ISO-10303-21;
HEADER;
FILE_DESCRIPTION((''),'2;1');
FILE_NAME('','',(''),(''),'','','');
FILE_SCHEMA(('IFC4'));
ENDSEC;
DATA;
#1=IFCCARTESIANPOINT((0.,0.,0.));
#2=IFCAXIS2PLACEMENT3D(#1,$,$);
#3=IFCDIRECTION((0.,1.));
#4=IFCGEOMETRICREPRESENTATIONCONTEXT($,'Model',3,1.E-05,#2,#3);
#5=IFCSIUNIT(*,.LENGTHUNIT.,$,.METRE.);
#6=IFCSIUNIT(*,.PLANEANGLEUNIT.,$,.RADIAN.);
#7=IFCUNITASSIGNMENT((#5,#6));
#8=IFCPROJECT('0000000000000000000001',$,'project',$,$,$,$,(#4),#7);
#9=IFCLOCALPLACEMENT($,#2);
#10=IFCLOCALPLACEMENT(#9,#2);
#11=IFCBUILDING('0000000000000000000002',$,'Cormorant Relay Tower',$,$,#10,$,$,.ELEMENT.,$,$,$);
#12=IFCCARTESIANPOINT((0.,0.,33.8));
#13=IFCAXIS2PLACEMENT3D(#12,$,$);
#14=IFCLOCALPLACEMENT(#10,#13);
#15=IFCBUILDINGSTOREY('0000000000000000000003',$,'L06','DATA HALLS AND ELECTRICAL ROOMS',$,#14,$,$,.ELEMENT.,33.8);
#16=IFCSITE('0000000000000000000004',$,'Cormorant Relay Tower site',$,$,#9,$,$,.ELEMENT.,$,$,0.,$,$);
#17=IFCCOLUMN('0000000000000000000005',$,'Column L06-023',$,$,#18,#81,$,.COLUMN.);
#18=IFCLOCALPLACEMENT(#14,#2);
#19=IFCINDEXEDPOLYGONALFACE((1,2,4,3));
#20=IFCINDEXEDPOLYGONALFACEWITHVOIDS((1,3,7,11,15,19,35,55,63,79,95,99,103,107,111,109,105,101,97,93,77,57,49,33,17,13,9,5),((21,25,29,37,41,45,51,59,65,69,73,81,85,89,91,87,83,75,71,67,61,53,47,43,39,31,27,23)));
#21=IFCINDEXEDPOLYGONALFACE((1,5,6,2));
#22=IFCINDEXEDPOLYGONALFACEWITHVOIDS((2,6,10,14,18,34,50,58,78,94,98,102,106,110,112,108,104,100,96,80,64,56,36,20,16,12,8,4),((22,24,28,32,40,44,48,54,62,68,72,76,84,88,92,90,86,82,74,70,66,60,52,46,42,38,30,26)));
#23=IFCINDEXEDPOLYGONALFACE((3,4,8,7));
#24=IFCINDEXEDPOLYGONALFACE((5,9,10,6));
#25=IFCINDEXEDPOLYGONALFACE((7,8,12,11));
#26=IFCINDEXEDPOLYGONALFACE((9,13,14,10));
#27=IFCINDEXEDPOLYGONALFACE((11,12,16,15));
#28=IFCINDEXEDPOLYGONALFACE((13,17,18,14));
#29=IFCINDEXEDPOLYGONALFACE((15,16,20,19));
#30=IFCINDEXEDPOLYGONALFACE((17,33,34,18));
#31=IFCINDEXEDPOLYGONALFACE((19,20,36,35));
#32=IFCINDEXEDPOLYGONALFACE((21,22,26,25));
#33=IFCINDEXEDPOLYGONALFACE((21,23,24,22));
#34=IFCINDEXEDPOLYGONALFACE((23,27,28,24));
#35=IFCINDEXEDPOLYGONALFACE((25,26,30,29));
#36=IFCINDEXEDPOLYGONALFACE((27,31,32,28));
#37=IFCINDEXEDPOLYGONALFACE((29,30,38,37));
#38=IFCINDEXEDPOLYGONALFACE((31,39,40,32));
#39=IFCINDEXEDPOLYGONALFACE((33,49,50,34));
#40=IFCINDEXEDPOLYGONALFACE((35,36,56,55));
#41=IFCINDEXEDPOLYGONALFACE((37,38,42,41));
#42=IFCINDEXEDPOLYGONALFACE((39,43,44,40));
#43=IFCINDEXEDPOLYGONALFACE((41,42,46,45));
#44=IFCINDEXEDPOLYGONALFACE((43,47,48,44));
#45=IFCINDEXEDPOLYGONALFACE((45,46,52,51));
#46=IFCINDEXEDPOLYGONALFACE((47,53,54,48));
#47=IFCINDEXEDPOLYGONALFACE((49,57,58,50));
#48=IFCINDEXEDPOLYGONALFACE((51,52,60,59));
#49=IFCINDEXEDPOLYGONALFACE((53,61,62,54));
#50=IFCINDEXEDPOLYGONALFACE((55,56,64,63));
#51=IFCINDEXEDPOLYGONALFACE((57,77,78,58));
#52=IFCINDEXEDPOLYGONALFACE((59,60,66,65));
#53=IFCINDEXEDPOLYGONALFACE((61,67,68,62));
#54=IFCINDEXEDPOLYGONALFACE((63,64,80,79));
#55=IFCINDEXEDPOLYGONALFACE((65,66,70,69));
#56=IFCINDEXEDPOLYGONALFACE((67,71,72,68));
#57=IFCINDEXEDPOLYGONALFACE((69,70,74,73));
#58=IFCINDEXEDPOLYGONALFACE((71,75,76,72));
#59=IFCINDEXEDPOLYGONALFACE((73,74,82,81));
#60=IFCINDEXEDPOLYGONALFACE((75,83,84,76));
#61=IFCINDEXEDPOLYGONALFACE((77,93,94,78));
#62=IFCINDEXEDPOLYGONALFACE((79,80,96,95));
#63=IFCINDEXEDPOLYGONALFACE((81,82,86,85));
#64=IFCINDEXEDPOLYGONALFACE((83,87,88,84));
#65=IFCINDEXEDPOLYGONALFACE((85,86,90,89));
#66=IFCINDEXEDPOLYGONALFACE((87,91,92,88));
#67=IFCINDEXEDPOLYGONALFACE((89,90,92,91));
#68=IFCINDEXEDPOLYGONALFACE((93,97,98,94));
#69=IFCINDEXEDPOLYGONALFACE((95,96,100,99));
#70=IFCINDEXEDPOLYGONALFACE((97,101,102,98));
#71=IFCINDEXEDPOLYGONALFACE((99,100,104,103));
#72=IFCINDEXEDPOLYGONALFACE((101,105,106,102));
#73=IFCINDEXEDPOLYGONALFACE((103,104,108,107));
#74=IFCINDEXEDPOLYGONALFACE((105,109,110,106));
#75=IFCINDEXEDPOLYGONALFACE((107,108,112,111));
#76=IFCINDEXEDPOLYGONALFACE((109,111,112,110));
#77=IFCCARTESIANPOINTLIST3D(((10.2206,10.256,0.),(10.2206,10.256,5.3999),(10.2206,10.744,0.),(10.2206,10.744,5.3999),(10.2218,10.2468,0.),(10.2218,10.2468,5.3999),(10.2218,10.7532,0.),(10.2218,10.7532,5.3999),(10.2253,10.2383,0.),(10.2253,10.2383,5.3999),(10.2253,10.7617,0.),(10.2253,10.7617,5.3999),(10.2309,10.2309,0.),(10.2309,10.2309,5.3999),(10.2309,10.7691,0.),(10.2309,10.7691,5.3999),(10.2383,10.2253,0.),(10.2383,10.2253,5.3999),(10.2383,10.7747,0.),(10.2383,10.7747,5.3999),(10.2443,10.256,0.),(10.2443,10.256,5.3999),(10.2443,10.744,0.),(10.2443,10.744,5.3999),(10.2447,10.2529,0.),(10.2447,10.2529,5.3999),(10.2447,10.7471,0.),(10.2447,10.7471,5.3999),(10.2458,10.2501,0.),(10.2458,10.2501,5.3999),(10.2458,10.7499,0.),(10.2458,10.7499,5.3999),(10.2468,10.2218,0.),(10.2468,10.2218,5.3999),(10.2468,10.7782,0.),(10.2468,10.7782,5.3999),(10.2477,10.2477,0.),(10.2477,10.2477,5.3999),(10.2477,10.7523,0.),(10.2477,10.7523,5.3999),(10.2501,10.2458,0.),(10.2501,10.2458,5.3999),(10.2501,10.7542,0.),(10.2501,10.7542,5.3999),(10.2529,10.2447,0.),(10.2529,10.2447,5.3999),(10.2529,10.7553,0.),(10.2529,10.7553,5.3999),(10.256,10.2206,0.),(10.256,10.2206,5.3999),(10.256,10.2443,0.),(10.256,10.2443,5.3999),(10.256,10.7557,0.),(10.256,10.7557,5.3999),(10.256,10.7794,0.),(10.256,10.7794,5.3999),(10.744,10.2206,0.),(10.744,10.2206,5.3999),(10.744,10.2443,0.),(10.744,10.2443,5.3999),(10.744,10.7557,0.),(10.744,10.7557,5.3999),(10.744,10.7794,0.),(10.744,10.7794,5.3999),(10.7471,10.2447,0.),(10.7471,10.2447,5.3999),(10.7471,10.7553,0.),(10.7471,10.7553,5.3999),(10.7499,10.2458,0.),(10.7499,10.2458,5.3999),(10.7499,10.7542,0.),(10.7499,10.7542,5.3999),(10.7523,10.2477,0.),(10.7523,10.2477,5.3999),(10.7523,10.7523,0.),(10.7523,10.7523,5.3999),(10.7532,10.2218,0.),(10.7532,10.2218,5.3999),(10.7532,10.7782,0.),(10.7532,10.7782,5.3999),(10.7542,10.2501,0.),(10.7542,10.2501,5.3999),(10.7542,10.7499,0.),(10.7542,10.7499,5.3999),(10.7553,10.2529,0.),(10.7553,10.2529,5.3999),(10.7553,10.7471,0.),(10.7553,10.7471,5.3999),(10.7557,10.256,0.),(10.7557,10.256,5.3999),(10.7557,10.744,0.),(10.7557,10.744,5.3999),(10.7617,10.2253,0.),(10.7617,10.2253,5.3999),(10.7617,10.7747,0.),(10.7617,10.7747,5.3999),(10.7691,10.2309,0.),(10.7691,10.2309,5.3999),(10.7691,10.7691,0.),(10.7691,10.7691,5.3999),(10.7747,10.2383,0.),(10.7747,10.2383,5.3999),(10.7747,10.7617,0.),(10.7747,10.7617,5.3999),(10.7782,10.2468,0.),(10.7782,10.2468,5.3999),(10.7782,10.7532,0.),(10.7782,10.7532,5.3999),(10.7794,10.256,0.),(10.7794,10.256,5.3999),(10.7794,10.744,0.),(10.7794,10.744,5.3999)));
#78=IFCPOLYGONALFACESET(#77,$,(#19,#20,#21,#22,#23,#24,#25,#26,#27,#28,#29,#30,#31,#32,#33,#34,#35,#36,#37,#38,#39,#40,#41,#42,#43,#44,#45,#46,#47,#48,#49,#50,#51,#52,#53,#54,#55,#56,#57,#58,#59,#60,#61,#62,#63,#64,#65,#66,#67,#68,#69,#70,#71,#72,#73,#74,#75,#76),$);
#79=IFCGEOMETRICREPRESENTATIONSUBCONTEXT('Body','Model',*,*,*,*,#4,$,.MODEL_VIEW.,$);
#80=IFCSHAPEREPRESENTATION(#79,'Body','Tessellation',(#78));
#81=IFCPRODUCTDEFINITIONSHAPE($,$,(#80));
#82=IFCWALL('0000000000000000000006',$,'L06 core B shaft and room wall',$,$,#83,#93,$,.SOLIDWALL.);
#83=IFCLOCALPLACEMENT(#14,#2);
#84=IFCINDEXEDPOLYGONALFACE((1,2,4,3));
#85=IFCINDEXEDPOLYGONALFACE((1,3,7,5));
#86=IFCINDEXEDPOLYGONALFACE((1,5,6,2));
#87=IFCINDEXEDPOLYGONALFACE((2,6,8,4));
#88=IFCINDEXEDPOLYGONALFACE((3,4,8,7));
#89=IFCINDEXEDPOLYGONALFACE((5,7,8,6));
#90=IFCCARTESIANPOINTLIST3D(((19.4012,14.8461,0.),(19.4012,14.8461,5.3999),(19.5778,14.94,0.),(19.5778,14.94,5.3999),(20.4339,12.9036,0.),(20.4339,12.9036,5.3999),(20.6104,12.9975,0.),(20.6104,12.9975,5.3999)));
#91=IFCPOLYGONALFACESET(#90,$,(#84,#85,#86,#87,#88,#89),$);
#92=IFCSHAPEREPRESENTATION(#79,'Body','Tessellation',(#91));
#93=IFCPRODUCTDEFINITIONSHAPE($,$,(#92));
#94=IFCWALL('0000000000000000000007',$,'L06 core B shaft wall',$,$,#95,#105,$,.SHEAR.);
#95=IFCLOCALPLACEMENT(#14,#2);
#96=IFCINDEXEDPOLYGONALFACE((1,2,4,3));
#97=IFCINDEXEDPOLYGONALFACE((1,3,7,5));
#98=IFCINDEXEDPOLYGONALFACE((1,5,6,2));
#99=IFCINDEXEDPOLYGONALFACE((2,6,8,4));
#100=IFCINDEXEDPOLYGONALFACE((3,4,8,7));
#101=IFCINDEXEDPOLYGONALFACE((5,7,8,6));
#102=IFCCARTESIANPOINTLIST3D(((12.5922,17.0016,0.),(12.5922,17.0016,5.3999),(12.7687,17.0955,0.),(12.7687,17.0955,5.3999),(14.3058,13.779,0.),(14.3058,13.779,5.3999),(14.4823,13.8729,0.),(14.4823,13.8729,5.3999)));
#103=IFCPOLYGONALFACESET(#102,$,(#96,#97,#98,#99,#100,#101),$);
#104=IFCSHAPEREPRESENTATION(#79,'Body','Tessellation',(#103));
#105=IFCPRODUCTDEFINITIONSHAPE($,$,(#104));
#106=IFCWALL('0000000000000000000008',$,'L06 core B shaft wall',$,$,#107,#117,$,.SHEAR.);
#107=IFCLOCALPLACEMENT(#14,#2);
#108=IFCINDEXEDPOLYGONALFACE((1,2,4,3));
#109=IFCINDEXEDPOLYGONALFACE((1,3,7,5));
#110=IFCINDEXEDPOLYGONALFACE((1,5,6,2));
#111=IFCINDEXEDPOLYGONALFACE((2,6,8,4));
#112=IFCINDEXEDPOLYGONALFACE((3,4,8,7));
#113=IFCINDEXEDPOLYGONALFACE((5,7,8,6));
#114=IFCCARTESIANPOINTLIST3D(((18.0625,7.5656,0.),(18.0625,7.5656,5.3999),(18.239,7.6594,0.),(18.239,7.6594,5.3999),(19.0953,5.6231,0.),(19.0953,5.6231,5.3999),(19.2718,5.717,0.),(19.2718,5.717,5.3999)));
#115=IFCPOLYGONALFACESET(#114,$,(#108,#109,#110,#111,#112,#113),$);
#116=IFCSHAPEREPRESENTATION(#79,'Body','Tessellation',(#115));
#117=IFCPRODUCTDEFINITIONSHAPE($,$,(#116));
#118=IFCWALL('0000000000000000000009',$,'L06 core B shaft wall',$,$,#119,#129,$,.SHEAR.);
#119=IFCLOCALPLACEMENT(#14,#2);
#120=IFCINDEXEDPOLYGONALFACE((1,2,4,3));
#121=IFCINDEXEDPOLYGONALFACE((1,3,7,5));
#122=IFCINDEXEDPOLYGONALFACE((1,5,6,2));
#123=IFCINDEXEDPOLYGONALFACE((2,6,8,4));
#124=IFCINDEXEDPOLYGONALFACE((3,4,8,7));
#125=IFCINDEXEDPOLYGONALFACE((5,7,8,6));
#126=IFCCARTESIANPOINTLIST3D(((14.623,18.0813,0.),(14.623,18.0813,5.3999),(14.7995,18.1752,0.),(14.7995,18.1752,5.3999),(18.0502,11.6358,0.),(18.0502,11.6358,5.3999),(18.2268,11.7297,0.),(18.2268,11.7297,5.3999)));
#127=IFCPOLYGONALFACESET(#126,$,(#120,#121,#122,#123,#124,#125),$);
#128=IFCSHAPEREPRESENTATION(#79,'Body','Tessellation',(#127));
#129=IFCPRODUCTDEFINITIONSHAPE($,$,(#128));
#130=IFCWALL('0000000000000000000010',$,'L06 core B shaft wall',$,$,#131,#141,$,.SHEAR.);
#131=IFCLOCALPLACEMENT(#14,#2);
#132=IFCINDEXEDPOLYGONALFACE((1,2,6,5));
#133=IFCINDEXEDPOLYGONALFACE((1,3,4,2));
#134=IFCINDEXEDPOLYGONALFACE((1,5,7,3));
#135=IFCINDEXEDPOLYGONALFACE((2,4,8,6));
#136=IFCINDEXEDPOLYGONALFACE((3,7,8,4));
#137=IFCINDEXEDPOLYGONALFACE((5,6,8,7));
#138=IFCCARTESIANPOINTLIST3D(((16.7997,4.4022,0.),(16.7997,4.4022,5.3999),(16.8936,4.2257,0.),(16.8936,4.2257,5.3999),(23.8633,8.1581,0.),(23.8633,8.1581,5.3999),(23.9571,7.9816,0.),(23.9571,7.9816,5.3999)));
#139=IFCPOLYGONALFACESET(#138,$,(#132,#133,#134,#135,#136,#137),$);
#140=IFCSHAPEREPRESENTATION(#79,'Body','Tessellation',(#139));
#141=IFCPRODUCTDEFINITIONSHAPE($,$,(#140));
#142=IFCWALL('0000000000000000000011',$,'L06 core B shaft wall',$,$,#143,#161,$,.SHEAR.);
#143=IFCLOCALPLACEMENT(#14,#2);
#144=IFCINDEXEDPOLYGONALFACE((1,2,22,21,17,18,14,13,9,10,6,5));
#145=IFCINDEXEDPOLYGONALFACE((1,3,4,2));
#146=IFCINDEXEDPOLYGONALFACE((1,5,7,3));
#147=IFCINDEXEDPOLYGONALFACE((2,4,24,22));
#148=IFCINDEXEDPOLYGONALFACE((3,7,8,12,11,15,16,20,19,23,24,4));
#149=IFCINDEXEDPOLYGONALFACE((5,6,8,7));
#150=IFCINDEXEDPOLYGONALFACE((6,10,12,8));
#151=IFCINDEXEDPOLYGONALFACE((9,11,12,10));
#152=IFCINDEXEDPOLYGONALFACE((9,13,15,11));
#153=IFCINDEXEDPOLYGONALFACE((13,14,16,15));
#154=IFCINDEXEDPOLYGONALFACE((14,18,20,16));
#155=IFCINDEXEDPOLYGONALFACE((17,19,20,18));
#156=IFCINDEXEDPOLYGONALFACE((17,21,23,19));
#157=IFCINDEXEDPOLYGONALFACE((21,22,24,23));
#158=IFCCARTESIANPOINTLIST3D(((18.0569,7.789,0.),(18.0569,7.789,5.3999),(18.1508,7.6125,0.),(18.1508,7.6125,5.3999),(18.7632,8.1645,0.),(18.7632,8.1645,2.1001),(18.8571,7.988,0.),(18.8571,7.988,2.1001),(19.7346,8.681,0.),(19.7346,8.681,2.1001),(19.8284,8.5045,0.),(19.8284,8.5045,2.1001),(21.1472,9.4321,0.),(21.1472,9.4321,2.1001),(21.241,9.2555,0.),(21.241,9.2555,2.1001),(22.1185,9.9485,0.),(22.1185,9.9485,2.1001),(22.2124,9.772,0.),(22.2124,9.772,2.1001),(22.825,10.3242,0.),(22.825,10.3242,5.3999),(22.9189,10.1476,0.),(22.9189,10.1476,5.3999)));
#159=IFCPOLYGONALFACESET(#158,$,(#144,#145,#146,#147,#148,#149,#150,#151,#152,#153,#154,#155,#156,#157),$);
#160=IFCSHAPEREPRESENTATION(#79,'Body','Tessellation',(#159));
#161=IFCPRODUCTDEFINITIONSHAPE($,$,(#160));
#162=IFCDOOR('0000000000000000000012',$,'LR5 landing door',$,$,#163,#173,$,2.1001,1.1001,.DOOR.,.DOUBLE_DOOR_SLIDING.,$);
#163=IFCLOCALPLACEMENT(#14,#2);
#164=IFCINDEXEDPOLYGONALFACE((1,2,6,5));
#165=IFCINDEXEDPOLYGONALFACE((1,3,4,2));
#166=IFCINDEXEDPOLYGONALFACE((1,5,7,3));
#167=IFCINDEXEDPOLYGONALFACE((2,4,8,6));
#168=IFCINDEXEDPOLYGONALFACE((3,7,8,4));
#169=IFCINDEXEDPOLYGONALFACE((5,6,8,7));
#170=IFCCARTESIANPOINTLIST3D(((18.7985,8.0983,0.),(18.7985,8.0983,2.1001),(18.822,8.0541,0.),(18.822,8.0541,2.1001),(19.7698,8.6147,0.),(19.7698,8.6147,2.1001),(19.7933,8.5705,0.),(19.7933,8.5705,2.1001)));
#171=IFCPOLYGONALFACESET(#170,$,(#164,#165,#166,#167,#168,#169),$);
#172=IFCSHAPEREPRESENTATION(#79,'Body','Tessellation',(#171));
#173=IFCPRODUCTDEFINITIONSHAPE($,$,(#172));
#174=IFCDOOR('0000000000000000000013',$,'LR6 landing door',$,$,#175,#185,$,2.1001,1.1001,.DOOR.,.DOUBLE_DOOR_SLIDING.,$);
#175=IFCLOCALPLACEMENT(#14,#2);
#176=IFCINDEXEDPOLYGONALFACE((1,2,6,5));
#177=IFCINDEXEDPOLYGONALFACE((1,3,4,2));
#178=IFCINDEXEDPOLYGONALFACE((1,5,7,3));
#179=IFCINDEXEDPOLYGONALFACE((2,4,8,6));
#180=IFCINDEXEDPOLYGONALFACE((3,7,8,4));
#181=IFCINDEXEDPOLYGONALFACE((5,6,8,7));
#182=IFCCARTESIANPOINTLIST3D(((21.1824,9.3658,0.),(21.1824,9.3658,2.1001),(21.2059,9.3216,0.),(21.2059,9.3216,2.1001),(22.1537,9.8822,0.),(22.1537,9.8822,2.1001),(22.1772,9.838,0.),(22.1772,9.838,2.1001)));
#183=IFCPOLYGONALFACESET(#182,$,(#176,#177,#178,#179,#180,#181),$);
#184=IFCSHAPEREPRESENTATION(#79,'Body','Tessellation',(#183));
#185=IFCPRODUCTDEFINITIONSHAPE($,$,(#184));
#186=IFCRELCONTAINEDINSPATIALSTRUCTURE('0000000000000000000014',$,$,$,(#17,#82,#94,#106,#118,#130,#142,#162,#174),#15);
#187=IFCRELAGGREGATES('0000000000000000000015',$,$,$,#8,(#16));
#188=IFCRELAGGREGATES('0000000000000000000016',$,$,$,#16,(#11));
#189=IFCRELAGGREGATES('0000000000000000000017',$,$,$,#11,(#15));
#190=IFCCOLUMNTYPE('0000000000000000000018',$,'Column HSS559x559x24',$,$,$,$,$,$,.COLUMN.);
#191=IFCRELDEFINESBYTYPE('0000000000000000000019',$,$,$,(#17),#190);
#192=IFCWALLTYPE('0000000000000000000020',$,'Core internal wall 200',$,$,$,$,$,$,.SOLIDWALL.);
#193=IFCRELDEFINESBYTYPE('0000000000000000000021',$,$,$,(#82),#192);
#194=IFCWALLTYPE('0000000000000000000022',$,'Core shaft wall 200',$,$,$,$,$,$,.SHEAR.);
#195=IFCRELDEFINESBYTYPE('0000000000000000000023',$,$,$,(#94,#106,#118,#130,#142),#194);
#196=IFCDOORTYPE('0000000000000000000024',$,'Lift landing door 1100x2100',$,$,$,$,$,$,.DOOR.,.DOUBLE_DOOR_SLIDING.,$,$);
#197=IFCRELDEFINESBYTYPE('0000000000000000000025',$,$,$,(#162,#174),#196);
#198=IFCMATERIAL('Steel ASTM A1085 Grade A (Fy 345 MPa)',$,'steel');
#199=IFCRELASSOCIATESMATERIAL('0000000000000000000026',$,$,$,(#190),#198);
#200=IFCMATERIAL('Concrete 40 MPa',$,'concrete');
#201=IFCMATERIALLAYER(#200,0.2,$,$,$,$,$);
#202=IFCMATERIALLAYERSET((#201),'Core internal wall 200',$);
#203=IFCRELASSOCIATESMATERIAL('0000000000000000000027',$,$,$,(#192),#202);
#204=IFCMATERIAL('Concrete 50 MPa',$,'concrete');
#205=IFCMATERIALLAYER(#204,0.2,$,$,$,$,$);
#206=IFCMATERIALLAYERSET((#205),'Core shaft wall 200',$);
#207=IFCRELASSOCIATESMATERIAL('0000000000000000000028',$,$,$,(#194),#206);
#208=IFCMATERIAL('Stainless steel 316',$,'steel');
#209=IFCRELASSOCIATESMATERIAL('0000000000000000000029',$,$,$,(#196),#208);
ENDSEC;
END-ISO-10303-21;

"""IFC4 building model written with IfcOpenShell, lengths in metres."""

from ifc_helpers import new_model, si_unit, direction, frame, frame_2d, origin, origin_2d, place, context, subcontext, project, spatial, rectangle, hollow_rectangle, extrude, material, layer, layer_set, material_profile, profile_set, type_object, element, fill, save


model = new_model("IFC4")

# Units and contexts
model_context = context("Model", 3, precision=1e-05, world=origin(), true_north=direction((0.0, 1.0)))
body_context = subcontext(model_context, "Body", "Model", "MODEL_VIEW")
ifc_project = project(units=[si_unit("LENGTHUNIT", "METRE"), si_unit("PLANEANGLEUNIT", "RADIAN")], contexts=[model_context])

# Site, building, storey
site_placement = place(None, origin())
site = spatial("IfcSite", under=ifc_project, at=site_placement, Name="Cormorant Relay Tower site", CompositionType="ELEMENT", RefElevation=0.0)
building_placement = place(site_placement, origin())
building = spatial("IfcBuilding", under=site, at=building_placement, Name="Cormorant Relay Tower", CompositionType="ELEMENT")
storey_placement = place(building_placement, frame((0.0, 0.0, 33.8)))
storey = spatial("IfcBuildingStorey", under=building, at=storey_placement, Name="L06", Description="DATA HALLS AND ELECTRICAL ROOMS", CompositionType="ELEMENT", Elevation=33.8)

# Column
ifc_material_1 = material(Name="Steel ASTM A1085 Grade A (Fy 345 MPa)", Category="steel")
ifc_material_profile = material_profile(ifc_material_1, hollow_rectangle(XDim=0.5588, YDim=0.5588, WallThickness=0.0237, InnerFilletRadius=0.0117, OuterFilletRadius=0.0354, at=origin_2d()), Name="HSS559x559x24")
ifc_profile_set = profile_set([ifc_material_profile], Name="Steel ASTM A1085 Grade A (Fy 345 MPa)")
column_type = type_object("IfcColumnType", Name="Column HSS559x559x24", PredefinedType="COLUMN", material=ifc_profile_set)
column_placement = place(storey_placement, frame((10.5, 10.5, 0.0), z_axis=(0.0, 0.0, 1.0), x_axis=(1.0, 0.0, 0.0)))
element("IfcColumn", 1, at=column_placement, inside=storey, type_object=column_type, Name="Column L06-023", PredefinedType="COLUMN", context=body_context, shape_type="SweptSolid", body=[
    extrude(hollow_rectangle(XDim=0.5588, YDim=0.5588, WallThickness=0.0237, InnerFilletRadius=0.0117, OuterFilletRadius=0.0354, at=origin_2d()), origin(), (0.0, 0.0, 1.0), 5.3999),
])

# Walls
ifc_material_2 = material(Name="Concrete 40 MPa", Category="concrete")
ifc_layer_1 = layer(ifc_material_2, 0.2)
ifc_layer_set_1 = layer_set([ifc_layer_1], Name="Core internal wall 200")
wall_type_1 = type_object("IfcWallType", Name="Core internal wall 200", PredefinedType="SOLIDWALL", material=ifc_layer_set_1)
wall_1_placement = place(storey_placement, frame((20.5222, 12.9504, 0.0), z_axis=(0.0, 0.0, 1.0), x_axis=(-0.469401, 0.882985, 0.0)))
element("IfcWall", 2, at=wall_1_placement, inside=storey, type_object=wall_type_1, Name="L06 core B shaft and room wall", PredefinedType="SOLIDWALL", context=body_context, shape_type="SweptSolid", body=[
    extrude(rectangle(XDim=2.2, YDim=0.2, at=frame_2d((1.1001, 0.0))), origin(), (0.0, 0.0, 1.0), 5.3999),
])
ifc_material_3 = material(Name="Concrete 50 MPa", Category="concrete")
ifc_layer_2 = layer(ifc_material_3, 0.2)
ifc_layer_set_2 = layer_set([ifc_layer_2], Name="Core shaft wall 200")
wall_type_2 = type_object("IfcWallType", Name="Core shaft wall 200", PredefinedType="SHEAR", material=ifc_layer_set_2)
wall_2_placement = place(storey_placement, frame((14.394, 13.8259, 0.0), z_axis=(0.0, 0.0, 1.0), x_axis=(-0.469494, 0.882936, 0.0)))
element("IfcWall", 3, at=wall_2_placement, inside=storey, type_object=wall_type_2, Name="L06 core B shaft wall", PredefinedType="SHEAR", context=body_context, shape_type="SweptSolid", body=[
    extrude(rectangle(XDim=3.6499, YDim=0.2, at=frame_2d((1.825, 0.0))), origin(), (0.0, 0.0, 1.0), 5.3999),
])
wall_3_placement = place(storey_placement, frame((19.1836, 5.6699, 0.0), z_axis=(0.0, 0.0, 1.0), x_axis=(-0.469447, 0.88296, 0.0)))
element("IfcWall", 4, at=wall_3_placement, inside=storey, type_object=wall_type_2, Name="L06 core B shaft wall", PredefinedType="SHEAR", context=body_context, shape_type="SweptSolid", body=[
    extrude(rectangle(XDim=2.2, YDim=0.2, at=frame_2d((1.1001, 0.0))), origin(), (0.0, 0.0, 1.0), 5.3999),
])
wall_4_placement = place(storey_placement, frame((18.1384, 11.6829, 0.0), z_axis=(0.0, 0.0, 1.0), x_axis=(-0.46948, 0.882943, 0.0)))
element("IfcWall", 5, at=wall_4_placement, inside=storey, type_object=wall_type_2, Name="L06 core B shaft wall", PredefinedType="SHEAR", context=body_context, shape_type="SweptSolid", body=[
    extrude(rectangle(XDim=7.3, YDim=0.2, at=frame_2d((3.6499, 0.0))), origin(), (0.0, 0.0, 1.0), 5.3999),
])
wall_5_placement = place(storey_placement, frame((16.8467, 4.314, 0.0), z_axis=(0.0, 0.0, 1.0), x_axis=(0.88294, 0.469485, 0.0)))
element("IfcWall", 6, at=wall_5_placement, inside=storey, type_object=wall_type_2, Name="L06 core B shaft wall", PredefinedType="SHEAR", context=body_context, shape_type="SweptSolid", body=[
    extrude(rectangle(XDim=8.0, YDim=0.2, at=frame_2d((4.0, 0.0))), origin(), (0.0, 0.0, 1.0), 5.3999),
])

# Wall, openings, doors
wall_6_placement = place(storey_placement, frame((18.1038, 7.7007, 0.0), z_axis=(0.0, 0.0, 1.0), x_axis=(0.882953, 0.469462, 0.0)))
wall_6 = element("IfcWall", 7, at=wall_6_placement, inside=storey, type_object=wall_type_2, Name="L06 core B shaft wall", PredefinedType="SHEAR", context=body_context, shape_type="SweptSolid", body=[
    extrude(rectangle(XDim=5.4001, YDim=0.2, at=frame_2d((2.7002, 0.0))), origin(), (0.0, 0.0, 1.0), 5.3999),
])
opening_1_placement = place(wall_6_placement, frame((0.8, 0.0, 0.0)))
opening_1 = element("IfcOpeningElement", 8, at=opening_1_placement, cuts=wall_6, PredefinedType="OPENING", context=body_context, shape_type="SweptSolid", body=[
    extrude(rectangle(XDim=1.1001, YDim=2.1001, at=frame_2d((0.55, 1.05))), frame((0.0, 0.1099, 0.0), z_axis=(0.0, -1.0, 0.0), x_axis=(1.0, 0.0, 0.0)), (0.0, 0.0, 1.0), 0.22),
])
opening_2_placement = place(wall_6_placement, frame((3.5, 0.0, 0.0)))
opening_2 = element("IfcOpeningElement", 9, at=opening_2_placement, cuts=wall_6, PredefinedType="OPENING", context=body_context, shape_type="SweptSolid", body=[
    extrude(rectangle(XDim=1.1001, YDim=2.1001, at=frame_2d((0.55, 1.05))), frame((0.0, 0.1099, 0.0), z_axis=(0.0, -1.0, 0.0), x_axis=(1.0, 0.0, 0.0)), (0.0, 0.0, 1.0), 0.22),
])
ifc_material_4 = material(Name="Stainless steel 316", Category="steel")
door_type_1 = type_object("IfcDoorType", Name="Lift landing door 1100x2100", OperationType="DOUBLE_DOOR_SLIDING", PredefinedType="DOOR", material=ifc_material_4)
door_1_placement = place(opening_1_placement, origin())
door_1 = element("IfcDoor", 10, at=door_1_placement, inside=storey, type_object=door_type_1, Name="LR5 landing door", OperationType="DOUBLE_DOOR_SLIDING", OverallHeight=2.1001, OverallWidth=1.1001, PredefinedType="DOOR", context=body_context, shape_type="SweptSolid", body=[
    extrude(rectangle(XDim=1.1001, YDim=2.1001, at=frame_2d((0.55, 1.05))), frame((0.0, 0.0249, 0.0), z_axis=(0.0, -1.0, 0.0), x_axis=(1.0, 0.0, 0.0)), (0.0, 0.0, 1.0), 0.05),
])
fill(opening_1, door_1)
door_2_placement = place(opening_2_placement, origin())
door_2 = element("IfcDoor", 11, at=door_2_placement, inside=storey, type_object=door_type_1, Name="LR6 landing door", OperationType="DOUBLE_DOOR_SLIDING", OverallHeight=2.1001, OverallWidth=1.1001, PredefinedType="DOOR", context=body_context, shape_type="SweptSolid", body=[
    extrude(rectangle(XDim=1.1001, YDim=2.1001, at=frame_2d((0.55, 1.05))), frame((0.0, 0.0249, 0.0), z_axis=(0.0, -1.0, 0.0), x_axis=(1.0, 0.0, 0.0)), (0.0, 0.0, 1.0), 0.05),
])
fill(opening_2, door_2)

save(model, "model.ifc")
